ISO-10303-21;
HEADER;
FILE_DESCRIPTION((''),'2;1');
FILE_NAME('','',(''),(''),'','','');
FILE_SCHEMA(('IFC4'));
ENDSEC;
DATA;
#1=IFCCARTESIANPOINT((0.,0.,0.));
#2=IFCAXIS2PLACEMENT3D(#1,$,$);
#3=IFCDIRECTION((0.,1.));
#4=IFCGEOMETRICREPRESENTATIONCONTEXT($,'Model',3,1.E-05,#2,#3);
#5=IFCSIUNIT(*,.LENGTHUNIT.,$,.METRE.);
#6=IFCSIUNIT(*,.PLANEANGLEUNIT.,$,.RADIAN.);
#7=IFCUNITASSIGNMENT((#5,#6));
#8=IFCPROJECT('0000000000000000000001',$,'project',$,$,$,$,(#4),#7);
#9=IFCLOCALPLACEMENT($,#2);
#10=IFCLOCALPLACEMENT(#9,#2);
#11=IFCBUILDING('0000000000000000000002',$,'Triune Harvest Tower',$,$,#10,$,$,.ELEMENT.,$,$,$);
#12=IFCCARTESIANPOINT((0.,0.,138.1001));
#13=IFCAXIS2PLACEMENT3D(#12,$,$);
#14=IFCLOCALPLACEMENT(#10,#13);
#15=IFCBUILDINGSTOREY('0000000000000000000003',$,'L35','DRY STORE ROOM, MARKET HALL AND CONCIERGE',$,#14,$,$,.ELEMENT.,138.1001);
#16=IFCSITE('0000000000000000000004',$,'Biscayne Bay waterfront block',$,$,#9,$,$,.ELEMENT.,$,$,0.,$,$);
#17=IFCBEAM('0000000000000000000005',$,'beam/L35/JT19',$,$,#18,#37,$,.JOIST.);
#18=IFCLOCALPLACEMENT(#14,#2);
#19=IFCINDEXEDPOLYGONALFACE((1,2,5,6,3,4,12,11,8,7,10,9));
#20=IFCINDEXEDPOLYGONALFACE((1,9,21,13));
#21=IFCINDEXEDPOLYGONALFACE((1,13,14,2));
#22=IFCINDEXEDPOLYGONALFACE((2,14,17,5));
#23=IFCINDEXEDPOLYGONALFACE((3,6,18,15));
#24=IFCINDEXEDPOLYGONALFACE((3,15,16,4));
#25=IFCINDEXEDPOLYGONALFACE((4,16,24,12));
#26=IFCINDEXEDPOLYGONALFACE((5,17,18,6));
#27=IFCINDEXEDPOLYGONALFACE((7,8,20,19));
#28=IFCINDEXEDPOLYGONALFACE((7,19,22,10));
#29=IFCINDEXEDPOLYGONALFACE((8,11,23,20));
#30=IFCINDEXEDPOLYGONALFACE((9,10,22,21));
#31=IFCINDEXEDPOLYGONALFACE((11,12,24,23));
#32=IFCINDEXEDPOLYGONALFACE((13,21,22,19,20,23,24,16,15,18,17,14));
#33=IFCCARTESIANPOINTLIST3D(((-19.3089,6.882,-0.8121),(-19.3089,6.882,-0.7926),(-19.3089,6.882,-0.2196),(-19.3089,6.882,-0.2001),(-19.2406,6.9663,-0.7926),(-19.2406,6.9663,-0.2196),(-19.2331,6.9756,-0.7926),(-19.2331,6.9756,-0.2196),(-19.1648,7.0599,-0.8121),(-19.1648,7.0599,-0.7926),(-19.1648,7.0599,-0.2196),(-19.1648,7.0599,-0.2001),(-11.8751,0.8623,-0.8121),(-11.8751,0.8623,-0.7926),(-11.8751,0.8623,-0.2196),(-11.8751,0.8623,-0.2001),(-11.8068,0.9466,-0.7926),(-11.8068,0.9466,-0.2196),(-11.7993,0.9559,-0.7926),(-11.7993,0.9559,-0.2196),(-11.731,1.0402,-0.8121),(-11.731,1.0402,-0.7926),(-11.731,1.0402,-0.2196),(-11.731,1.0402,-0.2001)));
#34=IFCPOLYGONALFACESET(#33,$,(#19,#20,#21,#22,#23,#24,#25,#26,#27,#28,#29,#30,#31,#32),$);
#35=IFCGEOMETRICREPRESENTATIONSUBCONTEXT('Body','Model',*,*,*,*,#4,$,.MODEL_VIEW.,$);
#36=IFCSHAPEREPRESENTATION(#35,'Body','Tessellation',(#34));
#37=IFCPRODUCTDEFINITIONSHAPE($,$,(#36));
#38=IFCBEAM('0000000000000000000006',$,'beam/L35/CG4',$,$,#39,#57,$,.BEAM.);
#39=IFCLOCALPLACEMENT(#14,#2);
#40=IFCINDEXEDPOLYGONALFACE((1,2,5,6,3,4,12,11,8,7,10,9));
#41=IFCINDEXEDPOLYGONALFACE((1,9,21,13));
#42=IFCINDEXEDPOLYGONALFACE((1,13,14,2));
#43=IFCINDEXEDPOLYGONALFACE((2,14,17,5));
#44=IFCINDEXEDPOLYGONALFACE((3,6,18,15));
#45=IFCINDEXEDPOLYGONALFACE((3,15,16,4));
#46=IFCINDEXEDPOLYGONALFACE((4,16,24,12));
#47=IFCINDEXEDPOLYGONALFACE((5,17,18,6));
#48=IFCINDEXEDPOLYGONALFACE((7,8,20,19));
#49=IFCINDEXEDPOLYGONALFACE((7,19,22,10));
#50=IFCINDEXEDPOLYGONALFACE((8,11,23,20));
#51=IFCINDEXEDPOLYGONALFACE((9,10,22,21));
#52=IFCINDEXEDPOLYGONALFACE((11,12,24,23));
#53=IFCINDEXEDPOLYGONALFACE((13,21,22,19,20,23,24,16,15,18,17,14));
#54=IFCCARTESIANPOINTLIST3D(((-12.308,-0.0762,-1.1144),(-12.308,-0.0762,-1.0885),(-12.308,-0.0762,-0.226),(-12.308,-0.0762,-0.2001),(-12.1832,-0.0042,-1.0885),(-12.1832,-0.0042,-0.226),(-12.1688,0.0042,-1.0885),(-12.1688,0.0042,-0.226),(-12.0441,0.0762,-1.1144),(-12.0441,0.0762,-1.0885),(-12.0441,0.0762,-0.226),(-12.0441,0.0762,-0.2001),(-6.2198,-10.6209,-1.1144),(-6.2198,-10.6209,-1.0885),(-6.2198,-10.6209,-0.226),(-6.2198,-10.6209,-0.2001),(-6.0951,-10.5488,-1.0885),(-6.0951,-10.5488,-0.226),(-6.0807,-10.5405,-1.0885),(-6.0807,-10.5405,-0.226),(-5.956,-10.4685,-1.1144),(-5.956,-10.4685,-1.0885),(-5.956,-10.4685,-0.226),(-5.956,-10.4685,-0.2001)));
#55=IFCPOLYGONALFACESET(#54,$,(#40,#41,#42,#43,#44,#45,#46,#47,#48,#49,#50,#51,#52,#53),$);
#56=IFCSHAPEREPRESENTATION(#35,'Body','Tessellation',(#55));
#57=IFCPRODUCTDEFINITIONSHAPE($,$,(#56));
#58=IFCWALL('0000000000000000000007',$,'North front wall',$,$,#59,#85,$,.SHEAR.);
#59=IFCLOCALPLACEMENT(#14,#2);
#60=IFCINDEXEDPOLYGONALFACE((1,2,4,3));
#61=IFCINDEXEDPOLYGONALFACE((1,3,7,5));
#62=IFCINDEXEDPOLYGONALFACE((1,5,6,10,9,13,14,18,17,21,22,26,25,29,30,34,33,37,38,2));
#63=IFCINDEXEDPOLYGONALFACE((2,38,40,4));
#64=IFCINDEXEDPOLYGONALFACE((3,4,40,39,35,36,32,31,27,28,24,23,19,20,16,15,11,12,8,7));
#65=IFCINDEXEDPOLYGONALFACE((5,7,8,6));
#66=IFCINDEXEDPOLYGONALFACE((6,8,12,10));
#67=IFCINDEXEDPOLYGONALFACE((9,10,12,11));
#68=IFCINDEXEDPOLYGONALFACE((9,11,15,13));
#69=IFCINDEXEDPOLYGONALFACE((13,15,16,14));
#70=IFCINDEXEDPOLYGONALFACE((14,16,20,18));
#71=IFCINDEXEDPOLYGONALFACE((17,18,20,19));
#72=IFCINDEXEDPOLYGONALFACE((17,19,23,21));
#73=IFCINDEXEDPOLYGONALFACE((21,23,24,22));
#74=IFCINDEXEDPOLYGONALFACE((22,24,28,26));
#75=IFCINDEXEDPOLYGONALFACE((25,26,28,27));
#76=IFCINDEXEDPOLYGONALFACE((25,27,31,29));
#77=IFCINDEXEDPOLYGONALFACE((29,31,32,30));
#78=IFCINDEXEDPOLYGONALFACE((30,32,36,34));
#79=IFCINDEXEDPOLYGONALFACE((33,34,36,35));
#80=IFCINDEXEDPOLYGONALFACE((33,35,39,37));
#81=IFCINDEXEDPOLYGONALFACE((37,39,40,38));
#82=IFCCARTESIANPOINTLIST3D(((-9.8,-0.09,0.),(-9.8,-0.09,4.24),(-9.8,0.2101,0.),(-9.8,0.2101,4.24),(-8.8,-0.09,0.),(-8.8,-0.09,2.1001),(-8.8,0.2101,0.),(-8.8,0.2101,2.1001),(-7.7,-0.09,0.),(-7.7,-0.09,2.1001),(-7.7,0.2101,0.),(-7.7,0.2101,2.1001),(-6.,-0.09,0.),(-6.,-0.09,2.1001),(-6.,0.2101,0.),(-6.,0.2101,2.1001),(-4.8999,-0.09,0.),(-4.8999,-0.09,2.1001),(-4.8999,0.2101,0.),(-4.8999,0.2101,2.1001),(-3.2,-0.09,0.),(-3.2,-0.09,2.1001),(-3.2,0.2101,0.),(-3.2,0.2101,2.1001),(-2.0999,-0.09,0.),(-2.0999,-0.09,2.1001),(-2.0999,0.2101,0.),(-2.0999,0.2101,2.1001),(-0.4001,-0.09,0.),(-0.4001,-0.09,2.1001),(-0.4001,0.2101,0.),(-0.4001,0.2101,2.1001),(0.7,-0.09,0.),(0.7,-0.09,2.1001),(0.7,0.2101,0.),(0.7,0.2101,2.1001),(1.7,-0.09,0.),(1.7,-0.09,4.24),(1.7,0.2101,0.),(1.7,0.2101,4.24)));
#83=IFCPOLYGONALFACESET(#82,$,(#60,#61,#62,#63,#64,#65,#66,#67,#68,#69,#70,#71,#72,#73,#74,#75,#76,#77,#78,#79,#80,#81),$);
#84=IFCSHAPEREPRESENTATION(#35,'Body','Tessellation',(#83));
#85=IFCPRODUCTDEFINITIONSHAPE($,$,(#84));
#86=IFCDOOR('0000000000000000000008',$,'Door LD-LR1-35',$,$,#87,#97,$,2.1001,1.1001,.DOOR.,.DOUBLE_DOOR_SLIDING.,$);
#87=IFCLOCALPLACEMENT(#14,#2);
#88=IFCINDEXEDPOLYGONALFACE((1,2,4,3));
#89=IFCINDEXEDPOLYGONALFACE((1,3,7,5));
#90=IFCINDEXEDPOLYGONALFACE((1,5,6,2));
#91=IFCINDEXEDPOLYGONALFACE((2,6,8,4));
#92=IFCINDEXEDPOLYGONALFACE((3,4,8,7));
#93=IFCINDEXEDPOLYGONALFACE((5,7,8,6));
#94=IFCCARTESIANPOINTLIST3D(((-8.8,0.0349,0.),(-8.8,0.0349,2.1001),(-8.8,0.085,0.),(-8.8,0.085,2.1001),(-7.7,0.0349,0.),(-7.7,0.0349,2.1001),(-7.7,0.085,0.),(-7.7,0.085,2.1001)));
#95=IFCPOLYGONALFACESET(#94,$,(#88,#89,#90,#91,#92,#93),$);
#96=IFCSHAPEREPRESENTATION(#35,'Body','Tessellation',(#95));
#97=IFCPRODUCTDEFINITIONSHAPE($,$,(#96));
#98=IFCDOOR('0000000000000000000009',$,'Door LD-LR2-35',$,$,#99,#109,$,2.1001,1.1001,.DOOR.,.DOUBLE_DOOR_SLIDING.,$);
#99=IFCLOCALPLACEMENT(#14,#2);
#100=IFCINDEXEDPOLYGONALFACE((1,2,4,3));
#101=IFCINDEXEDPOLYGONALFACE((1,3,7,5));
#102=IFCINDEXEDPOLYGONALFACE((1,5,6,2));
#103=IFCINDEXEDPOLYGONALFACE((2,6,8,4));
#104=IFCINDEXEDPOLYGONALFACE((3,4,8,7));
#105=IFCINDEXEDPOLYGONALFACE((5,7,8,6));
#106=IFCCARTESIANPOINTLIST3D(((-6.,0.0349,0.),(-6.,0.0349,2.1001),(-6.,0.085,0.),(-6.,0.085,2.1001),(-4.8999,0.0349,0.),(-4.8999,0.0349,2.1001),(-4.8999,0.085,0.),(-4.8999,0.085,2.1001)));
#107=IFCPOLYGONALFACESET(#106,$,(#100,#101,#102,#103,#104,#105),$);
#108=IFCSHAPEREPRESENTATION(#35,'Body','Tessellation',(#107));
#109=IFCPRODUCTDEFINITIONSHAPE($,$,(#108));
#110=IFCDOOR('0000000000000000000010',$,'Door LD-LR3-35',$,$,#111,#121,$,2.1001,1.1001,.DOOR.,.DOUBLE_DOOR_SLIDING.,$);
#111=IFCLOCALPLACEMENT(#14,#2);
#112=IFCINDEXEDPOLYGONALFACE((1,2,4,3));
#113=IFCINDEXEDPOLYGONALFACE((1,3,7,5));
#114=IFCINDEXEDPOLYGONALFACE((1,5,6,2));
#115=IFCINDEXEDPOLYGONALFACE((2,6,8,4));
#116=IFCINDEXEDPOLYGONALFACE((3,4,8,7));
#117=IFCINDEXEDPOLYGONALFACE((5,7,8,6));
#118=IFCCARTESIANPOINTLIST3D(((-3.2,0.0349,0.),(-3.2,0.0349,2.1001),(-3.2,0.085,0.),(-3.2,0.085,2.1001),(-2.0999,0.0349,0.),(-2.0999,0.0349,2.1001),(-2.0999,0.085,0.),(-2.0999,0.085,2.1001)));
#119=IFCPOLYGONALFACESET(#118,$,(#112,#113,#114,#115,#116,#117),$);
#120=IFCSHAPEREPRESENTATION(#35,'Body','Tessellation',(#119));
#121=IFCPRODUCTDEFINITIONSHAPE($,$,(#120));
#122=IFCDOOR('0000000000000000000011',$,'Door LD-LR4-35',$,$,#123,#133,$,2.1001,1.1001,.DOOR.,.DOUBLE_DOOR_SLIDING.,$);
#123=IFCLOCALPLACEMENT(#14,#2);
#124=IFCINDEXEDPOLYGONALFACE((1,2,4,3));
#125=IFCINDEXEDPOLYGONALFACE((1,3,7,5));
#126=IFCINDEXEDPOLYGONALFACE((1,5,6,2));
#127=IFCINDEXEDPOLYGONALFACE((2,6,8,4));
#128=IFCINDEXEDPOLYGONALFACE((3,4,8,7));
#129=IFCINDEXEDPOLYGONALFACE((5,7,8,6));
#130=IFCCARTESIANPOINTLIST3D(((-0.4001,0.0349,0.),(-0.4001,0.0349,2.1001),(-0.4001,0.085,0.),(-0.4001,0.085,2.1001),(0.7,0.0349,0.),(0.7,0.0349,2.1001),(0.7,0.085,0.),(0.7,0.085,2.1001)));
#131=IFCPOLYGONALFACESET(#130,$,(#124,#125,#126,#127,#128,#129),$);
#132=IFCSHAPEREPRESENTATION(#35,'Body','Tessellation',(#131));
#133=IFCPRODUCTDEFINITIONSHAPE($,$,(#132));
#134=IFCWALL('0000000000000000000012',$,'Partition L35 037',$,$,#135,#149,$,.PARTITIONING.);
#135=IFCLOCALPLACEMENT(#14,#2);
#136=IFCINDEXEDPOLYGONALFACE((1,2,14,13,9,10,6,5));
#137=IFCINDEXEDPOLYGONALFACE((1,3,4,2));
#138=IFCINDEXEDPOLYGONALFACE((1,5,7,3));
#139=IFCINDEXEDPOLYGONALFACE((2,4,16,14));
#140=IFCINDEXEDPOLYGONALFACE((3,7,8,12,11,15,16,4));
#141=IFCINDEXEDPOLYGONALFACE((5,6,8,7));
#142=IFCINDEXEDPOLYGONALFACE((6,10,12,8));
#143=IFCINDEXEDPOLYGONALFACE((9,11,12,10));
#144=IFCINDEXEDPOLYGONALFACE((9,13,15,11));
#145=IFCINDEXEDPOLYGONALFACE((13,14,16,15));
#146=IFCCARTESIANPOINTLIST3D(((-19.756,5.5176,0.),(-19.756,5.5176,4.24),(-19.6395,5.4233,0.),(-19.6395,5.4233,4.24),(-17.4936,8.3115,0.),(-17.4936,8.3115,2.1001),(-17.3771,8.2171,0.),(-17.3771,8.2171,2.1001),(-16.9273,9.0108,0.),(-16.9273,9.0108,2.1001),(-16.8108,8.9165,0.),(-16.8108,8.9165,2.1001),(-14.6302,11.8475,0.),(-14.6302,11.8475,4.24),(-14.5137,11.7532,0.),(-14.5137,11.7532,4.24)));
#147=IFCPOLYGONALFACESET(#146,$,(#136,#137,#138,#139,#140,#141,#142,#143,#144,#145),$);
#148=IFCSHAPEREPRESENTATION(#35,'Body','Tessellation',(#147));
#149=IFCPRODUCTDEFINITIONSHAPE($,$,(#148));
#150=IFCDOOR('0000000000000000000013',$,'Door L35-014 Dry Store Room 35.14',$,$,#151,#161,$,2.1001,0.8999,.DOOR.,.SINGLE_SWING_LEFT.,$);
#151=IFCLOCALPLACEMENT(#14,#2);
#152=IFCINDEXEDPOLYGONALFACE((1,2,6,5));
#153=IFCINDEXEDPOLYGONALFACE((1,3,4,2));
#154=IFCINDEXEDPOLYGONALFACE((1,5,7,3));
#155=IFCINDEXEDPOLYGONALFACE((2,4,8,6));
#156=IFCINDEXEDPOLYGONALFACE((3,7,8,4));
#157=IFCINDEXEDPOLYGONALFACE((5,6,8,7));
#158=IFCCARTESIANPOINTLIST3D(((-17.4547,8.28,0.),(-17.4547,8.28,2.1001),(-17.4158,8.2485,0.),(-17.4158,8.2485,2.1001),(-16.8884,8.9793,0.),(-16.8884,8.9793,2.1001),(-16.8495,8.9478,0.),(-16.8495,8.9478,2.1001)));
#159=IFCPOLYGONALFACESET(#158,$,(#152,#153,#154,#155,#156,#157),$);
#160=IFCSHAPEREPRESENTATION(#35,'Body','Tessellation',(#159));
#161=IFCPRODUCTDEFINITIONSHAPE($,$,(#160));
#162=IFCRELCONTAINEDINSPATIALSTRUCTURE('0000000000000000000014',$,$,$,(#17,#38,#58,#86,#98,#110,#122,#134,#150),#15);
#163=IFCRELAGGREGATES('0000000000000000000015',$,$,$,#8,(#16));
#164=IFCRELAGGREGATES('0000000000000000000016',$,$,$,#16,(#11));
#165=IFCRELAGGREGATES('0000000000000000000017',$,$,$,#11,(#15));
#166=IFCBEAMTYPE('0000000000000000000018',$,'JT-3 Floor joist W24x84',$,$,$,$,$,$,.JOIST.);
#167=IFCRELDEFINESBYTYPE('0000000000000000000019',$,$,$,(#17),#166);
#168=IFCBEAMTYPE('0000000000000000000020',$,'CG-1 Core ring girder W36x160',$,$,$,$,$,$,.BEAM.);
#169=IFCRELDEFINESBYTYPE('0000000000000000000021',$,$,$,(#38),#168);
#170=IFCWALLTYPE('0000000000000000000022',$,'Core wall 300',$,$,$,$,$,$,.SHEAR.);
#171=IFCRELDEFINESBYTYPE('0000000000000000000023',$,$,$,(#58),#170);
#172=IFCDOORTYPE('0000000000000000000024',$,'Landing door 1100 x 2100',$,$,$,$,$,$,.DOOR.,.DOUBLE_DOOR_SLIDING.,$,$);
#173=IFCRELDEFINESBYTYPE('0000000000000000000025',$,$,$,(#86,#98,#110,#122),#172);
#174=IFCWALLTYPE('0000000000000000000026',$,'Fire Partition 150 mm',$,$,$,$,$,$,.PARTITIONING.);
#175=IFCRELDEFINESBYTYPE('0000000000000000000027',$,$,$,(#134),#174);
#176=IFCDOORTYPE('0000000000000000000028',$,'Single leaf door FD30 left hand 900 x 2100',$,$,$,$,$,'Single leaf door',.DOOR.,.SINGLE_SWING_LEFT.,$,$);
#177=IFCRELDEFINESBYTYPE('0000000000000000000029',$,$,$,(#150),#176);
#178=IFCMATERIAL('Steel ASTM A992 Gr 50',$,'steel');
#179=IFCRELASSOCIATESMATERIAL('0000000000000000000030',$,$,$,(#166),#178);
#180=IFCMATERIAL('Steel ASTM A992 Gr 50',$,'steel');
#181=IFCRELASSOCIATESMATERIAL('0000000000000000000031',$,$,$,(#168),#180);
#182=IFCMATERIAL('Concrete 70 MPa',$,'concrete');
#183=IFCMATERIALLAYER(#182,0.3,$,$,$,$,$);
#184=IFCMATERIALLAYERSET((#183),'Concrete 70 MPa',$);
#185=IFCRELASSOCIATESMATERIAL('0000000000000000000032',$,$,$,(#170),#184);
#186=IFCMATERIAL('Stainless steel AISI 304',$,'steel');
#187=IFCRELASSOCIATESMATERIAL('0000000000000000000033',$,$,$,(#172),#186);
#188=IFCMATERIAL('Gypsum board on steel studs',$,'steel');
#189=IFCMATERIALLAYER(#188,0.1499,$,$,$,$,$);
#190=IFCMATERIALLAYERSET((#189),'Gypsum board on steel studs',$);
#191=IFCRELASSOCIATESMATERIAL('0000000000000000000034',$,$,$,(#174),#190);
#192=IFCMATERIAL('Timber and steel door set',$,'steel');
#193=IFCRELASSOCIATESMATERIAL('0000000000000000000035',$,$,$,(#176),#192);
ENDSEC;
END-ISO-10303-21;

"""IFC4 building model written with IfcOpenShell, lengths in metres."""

from ifc_helpers import new_model, si_unit, direction, frame, frame_2d, origin, origin_2d, place, context, subcontext, project, spatial, rectangle, i_section, extrude, source, transform, mapped, material, layer, layer_set, material_profile, profile_set, type_object, element, fill, save


model = new_model("IFC4")

# Units and contexts
model_context = context("Model", 3, precision=1e-05, world=origin(), true_north=direction((0.0, 1.0)))
body_context = subcontext(model_context, "Body", "Model", "MODEL_VIEW")
ifc_project = project(units=[si_unit("LENGTHUNIT", "METRE"), si_unit("PLANEANGLEUNIT", "RADIAN")], contexts=[model_context])

# Site, building, storey
site_placement = place(None, origin())
site = spatial("IfcSite", under=ifc_project, at=site_placement, Name="Biscayne Bay waterfront block", CompositionType="ELEMENT", RefElevation=0.0)
building_placement = place(site_placement, origin())
building = spatial("IfcBuilding", under=site, at=building_placement, Name="Triune Harvest Tower", CompositionType="ELEMENT")
storey_placement = place(building_placement, frame((0.0, 0.0, 138.1001)))
storey = spatial("IfcBuildingStorey", under=building, at=storey_placement, Name="L35", Description="DRY STORE ROOM, MARKET HALL AND CONCIERGE", CompositionType="ELEMENT", Elevation=138.1001)

# Beams
ifc_material_1 = material(Name="Steel ASTM A992 Gr 50", Category="steel")
ifc_material_profile_1 = material_profile(ifc_material_1, i_section(OverallWidth=0.229, OverallDepth=0.6121, WebThickness=0.012, FlangeThickness=0.0195, at=origin_2d()), Name="W24x84")
ifc_profile_set_1 = profile_set([ifc_material_profile_1], Name="Steel ASTM A992 Gr 50")
beam_type_1 = type_object("IfcBeamType", Name="JT-3 Floor joist W24x84", PredefinedType="JOIST", material=ifc_profile_set_1)
beam_1_placement = place(storey_placement, frame((-19.2368, 6.9709, -0.5061), z_axis=(0.777147, -0.629319, 0.0), x_axis=(0.629319, 0.777147, 0.0)))
element("IfcBeam", 1, at=beam_1_placement, inside=storey, type_object=beam_type_1, Name="beam/L35/JT19", PredefinedType="JOIST", context=body_context, shape_type="SweptSolid", body=[
    extrude(i_section(OverallWidth=0.229, OverallDepth=0.6121, WebThickness=0.012, FlangeThickness=0.0195, at=origin_2d()), origin(), (0.0, 0.0, 1.0), 9.5654),
])
ifc_material_2 = material(Name="Steel ASTM A992 Gr 50", Category="steel")
ifc_material_profile_2 = material_profile(ifc_material_2, i_section(OverallWidth=0.3047, OverallDepth=0.9143, WebThickness=0.0166, FlangeThickness=0.0259, at=origin_2d()), Name="W36x160")
ifc_profile_set_2 = profile_set([ifc_material_profile_2], Name="Steel ASTM A992 Gr 50")
beam_type_2 = type_object("IfcBeamType", Name="CG-1 Core ring girder W36x160", PredefinedType="BEAM", material=ifc_profile_set_2)
shared_shape_1 = source(origin(), body_context, "Body", "SweptSolid", [
    extrude(i_section(OverallWidth=0.3047, OverallDepth=0.9143, WebThickness=0.0166, FlangeThickness=0.0259, at=origin_2d()), origin(), (0.0, 0.0, 1.0), 12.176),
])
beam_2_placement = place(storey_placement, frame((-12.176, 0.0, -0.6572), z_axis=(0.50001, -0.86602, 0.0), x_axis=(0.86602, 0.50001, 0.0)))
element("IfcBeam", 2, at=beam_2_placement, inside=storey, type_object=beam_type_2, Name="beam/L35/CG4", PredefinedType="BEAM", context=body_context, shape_type="MappedRepresentation", body=[
    mapped(shared_shape_1, transform((0.0, 0.0, 0.0), scale=1.0)),
])

# Wall, openings, doors
ifc_material_3 = material(Name="Concrete 70 MPa", Category="concrete")
ifc_layer_1 = layer(ifc_material_3, 0.3)
ifc_layer_set_1 = layer_set([ifc_layer_1], Name="Concrete 70 MPa")
wall_type_1 = type_object("IfcWallType", Name="Core wall 300", PredefinedType="SHEAR", material=ifc_layer_set_1)
wall_1_placement = place(storey_placement, frame((-9.8, 0.0601, 0.0), z_axis=(0.0, 0.0, 1.0), x_axis=(1.0, 0.0, 0.0)))
wall_1 = element("IfcWall", 3, at=wall_1_placement, inside=storey, type_object=wall_type_1, Name="North front wall", PredefinedType="SHEAR", context=body_context, shape_type="SweptSolid", body=[
    extrude(rectangle(XDim=11.5, YDim=0.3, at=frame_2d((5.75, 0.0))), origin(), (0.0, 0.0, 1.0), 4.24),
])
opening_1_placement = place(wall_1_placement, frame((1.0, 0.0, 0.0)))
opening_1 = element("IfcOpeningElement", 4, at=opening_1_placement, cuts=wall_1, PredefinedType="OPENING", context=body_context, shape_type="SweptSolid", body=[
    extrude(rectangle(XDim=1.1001, YDim=2.1001, at=frame_2d((0.55, 1.05))), frame((0.0, 0.1602, 0.0), z_axis=(0.0, -1.0, 0.0), x_axis=(1.0, 0.0, 0.0)), (0.0, 0.0, 1.0), 0.3201),
])
opening_2_placement = place(wall_1_placement, frame((3.8, 0.0, 0.0)))
opening_2 = element("IfcOpeningElement", 5, at=opening_2_placement, cuts=wall_1, PredefinedType="OPENING", context=body_context, shape_type="SweptSolid", body=[
    extrude(rectangle(XDim=1.1001, YDim=2.1001, at=frame_2d((0.55, 1.05))), frame((0.0, 0.1602, 0.0), z_axis=(0.0, -1.0, 0.0), x_axis=(1.0, 0.0, 0.0)), (0.0, 0.0, 1.0), 0.3201),
])
opening_3_placement = place(wall_1_placement, frame((6.6001, 0.0, 0.0)))
opening_3 = element("IfcOpeningElement", 6, at=opening_3_placement, cuts=wall_1, PredefinedType="OPENING", context=body_context, shape_type="SweptSolid", body=[
    extrude(rectangle(XDim=1.1001, YDim=2.1001, at=frame_2d((0.55, 1.05))), frame((0.0, 0.1602, 0.0), z_axis=(0.0, -1.0, 0.0), x_axis=(1.0, 0.0, 0.0)), (0.0, 0.0, 1.0), 0.3201),
])
opening_4_placement = place(wall_1_placement, frame((9.3999, 0.0, 0.0)))
opening_4 = element("IfcOpeningElement", 7, at=opening_4_placement, cuts=wall_1, PredefinedType="OPENING", context=body_context, shape_type="SweptSolid", body=[
    extrude(rectangle(XDim=1.1001, YDim=2.1001, at=frame_2d((0.55, 1.05))), frame((0.0, 0.1602, 0.0), z_axis=(0.0, -1.0, 0.0), x_axis=(1.0, 0.0, 0.0)), (0.0, 0.0, 1.0), 0.3201),
])
ifc_material_4 = material(Name="Stainless steel AISI 304", Category="steel")
door_type_1 = type_object("IfcDoorType", Name="Landing door 1100 x 2100", OperationType="DOUBLE_DOOR_SLIDING", PredefinedType="DOOR", material=ifc_material_4)
door_1_placement = place(opening_1_placement, origin())
door_1 = element("IfcDoor", 8, at=door_1_placement, inside=storey, type_object=door_type_1, Name="Door LD-LR1-35", OperationType="DOUBLE_DOOR_SLIDING", OverallHeight=2.1001, OverallWidth=1.1001, PredefinedType="DOOR", context=body_context, shape_type="SweptSolid", body=[
    extrude(rectangle(XDim=1.1001, YDim=2.1001, at=frame_2d((0.55, 1.05))), frame((0.0, 0.0249, 0.0), z_axis=(0.0, -1.0, 0.0), x_axis=(1.0, 0.0, 0.0)), (0.0, 0.0, 1.0), 0.05),
])
fill(opening_1, door_1)
door_2_placement = place(opening_2_placement, origin())
door_2 = element("IfcDoor", 9, at=door_2_placement, inside=storey, type_object=door_type_1, Name="Door LD-LR2-35", OperationType="DOUBLE_DOOR_SLIDING", OverallHeight=2.1001, OverallWidth=1.1001, PredefinedType="DOOR", context=body_context, shape_type="SweptSolid", body=[
    extrude(rectangle(XDim=1.1001, YDim=2.1001, at=frame_2d((0.55, 1.05))), frame((0.0, 0.0249, 0.0), z_axis=(0.0, -1.0, 0.0), x_axis=(1.0, 0.0, 0.0)), (0.0, 0.0, 1.0), 0.05),
])
fill(opening_2, door_2)
door_3_placement = place(opening_3_placement, origin())
door_3 = element("IfcDoor", 10, at=door_3_placement, inside=storey, type_object=door_type_1, Name="Door LD-LR3-35", OperationType="DOUBLE_DOOR_SLIDING", OverallHeight=2.1001, OverallWidth=1.1001, PredefinedType="DOOR", context=body_context, shape_type="SweptSolid", body=[
    extrude(rectangle(XDim=1.1001, YDim=2.1001, at=frame_2d((0.55, 1.05))), frame((0.0, 0.0249, 0.0), z_axis=(0.0, -1.0, 0.0), x_axis=(1.0, 0.0, 0.0)), (0.0, 0.0, 1.0), 0.05),
])
fill(opening_3, door_3)
door_4_placement = place(opening_4_placement, origin())
door_4 = element("IfcDoor", 11, at=door_4_placement, inside=storey, type_object=door_type_1, Name="Door LD-LR4-35", OperationType="DOUBLE_DOOR_SLIDING", OverallHeight=2.1001, OverallWidth=1.1001, PredefinedType="DOOR", context=body_context, shape_type="SweptSolid", body=[
    extrude(rectangle(XDim=1.1001, YDim=2.1001, at=frame_2d((0.55, 1.05))), frame((0.0, 0.0249, 0.0), z_axis=(0.0, -1.0, 0.0), x_axis=(1.0, 0.0, 0.0)), (0.0, 0.0, 1.0), 0.05),
])
fill(opening_4, door_4)

# Wall, opening, door
ifc_material_5 = material(Name="Gypsum board on steel studs", Category="steel")
ifc_layer_2 = layer(ifc_material_5, 0.1499)
ifc_layer_set_2 = layer_set([ifc_layer_2], Name="Gypsum board on steel studs")
wall_type_2 = type_object("IfcWallType", Name="Fire Partition 150 mm", PredefinedType="PARTITIONING", material=ifc_layer_set_2)
wall_2_placement = place(storey_placement, frame((-19.6978, 5.4705, 0.0), z_axis=(0.0, 0.0, 1.0), x_axis=(0.629315, 0.77715, 0.0)))
wall_2 = element("IfcWall", 12, at=wall_2_placement, inside=storey, type_object=wall_type_2, Name="Partition L35 037", PredefinedType="PARTITIONING", context=body_context, shape_type="SweptSolid", body=[
    extrude(rectangle(XDim=8.145, YDim=0.1499, at=frame_2d((4.0725, 0.0))), origin(), (0.0, 0.0, 1.0), 4.24),
])
opening_5_placement = place(wall_2_placement, frame((3.595, 0.0, 0.0)))
opening_5 = element("IfcOpeningElement", 13, at=opening_5_placement, cuts=wall_2, PredefinedType="OPENING", context=body_context, shape_type="SweptSolid", body=[
    extrude(rectangle(XDim=0.8999, YDim=2.1001, at=frame_2d((0.45, 1.05))), frame((0.0, 0.085, 0.0), z_axis=(0.0, -1.0, 0.0), x_axis=(1.0, 0.0, 0.0)), (0.0, 0.0, 1.0), 0.1699),
])
ifc_material_6 = material(Name="Timber and steel door set", Category="steel")
door_type_2 = type_object("IfcDoorType", Name="Single leaf door FD30 left hand 900 x 2100", ElementType="Single leaf door", OperationType="SINGLE_SWING_LEFT", PredefinedType="DOOR", material=ifc_material_6)
door_5_placement = place(opening_5_placement, origin())
door_5 = element("IfcDoor", 14, at=door_5_placement, inside=storey, type_object=door_type_2, Name="Door L35-014 Dry Store Room 35.14", OperationType="SINGLE_SWING_LEFT", OverallHeight=2.1001, OverallWidth=0.8999, PredefinedType="DOOR", context=body_context, shape_type="SweptSolid", body=[
    extrude(rectangle(XDim=0.8999, YDim=2.1001, at=frame_2d((0.45, 1.05))), frame((0.0, 0.0249, 0.0), z_axis=(0.0, -1.0, 0.0), x_axis=(1.0, 0.0, 0.0)), (0.0, 0.0, 1.0), 0.05),
])
fill(opening_5, door_5)

save(model, "model.ifc")
